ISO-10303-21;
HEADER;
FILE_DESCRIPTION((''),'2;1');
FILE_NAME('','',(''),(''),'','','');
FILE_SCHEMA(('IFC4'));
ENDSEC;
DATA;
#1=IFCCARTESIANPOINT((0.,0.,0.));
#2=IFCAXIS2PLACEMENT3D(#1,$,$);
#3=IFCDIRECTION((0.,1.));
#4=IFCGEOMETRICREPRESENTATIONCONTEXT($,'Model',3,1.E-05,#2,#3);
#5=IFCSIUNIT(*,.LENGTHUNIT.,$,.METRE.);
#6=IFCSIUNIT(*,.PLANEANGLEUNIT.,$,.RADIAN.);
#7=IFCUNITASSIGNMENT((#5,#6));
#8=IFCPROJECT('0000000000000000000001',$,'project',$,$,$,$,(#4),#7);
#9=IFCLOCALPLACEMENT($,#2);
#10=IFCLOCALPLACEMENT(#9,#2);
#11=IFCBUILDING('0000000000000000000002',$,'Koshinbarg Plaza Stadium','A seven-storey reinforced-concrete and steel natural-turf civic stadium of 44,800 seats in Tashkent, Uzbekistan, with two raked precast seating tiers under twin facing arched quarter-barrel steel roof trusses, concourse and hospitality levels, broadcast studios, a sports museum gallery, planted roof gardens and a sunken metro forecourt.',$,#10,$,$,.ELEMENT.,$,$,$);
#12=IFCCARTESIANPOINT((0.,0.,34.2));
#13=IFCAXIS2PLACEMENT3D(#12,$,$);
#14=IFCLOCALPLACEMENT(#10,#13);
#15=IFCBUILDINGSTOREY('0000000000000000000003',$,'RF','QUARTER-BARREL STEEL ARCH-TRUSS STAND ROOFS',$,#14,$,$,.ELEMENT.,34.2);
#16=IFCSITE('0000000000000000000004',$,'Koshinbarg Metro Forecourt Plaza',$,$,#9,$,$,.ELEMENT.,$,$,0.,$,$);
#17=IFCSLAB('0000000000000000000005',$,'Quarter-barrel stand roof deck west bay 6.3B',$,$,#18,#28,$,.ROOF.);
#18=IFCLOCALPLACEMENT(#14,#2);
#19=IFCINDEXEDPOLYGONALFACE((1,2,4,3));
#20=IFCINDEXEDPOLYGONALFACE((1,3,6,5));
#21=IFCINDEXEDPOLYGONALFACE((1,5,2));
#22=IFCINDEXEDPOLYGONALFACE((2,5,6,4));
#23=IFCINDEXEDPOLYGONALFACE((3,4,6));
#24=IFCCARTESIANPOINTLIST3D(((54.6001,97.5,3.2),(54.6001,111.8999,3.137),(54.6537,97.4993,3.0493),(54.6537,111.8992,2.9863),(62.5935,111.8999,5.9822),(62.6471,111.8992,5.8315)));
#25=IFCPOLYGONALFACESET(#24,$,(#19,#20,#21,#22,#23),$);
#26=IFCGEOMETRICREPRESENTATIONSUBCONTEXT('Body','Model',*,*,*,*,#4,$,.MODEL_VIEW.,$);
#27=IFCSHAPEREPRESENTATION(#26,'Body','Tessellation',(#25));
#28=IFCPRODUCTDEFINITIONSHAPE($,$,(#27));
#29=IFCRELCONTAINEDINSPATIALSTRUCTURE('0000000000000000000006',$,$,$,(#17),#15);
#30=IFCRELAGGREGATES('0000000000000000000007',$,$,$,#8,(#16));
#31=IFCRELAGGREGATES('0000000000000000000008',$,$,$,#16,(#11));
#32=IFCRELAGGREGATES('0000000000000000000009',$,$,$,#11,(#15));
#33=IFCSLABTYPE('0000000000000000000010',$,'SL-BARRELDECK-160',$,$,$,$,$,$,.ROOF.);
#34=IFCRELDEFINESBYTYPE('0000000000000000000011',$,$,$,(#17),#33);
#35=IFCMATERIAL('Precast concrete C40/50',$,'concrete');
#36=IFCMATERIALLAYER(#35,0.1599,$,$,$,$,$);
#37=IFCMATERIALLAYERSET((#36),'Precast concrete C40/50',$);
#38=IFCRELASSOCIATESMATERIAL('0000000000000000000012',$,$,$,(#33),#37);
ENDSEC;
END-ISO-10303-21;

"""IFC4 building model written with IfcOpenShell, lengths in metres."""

from ifc_helpers import new_model, si_unit, direction, frame, origin, place, context, subcontext, project, spatial, polyline, outline, extrude, material, layer, layer_set, type_object, element, save


model = new_model("IFC4")

# Units and contexts
model_context = context("Model", 3, precision=1e-05, world=origin(), true_north=direction((0.0, 1.0)))
body_context = subcontext(model_context, "Body", "Model", "MODEL_VIEW")
ifc_project = project(units=[si_unit("LENGTHUNIT", "METRE"), si_unit("PLANEANGLEUNIT", "RADIAN")], contexts=[model_context])

# Site, building, storey
site_placement = place(None, origin())
site = spatial("IfcSite", under=ifc_project, at=site_placement, Name="Koshinbarg Metro Forecourt Plaza", CompositionType="ELEMENT", RefElevation=0.0)
building_placement = place(site_placement, origin())
building = spatial("IfcBuilding", under=site, at=building_placement, Name="Koshinbarg Plaza Stadium", Description="A seven-storey reinforced-concrete and steel natural-turf civic stadium of 44,800 seats in Tashkent, Uzbekistan, with two raked precast seating tiers under twin facing arched quarter-barrel steel roof trusses, concourse and hospitality levels, broadcast studios, a sports museum gallery, planted roof gardens and a sunken metro forecourt.", CompositionType="ELEMENT")
storey_placement = place(building_placement, frame((0.0, 0.0, 34.2)))
storey = spatial("IfcBuildingStorey", under=building, at=storey_placement, Name="RF", Description="QUARTER-BARREL STEEL ARCH-TRUSS STAND ROOFS", CompositionType="ELEMENT", Elevation=34.2)

# Slab
ifc_material_1 = material(Name="Precast concrete C40/50", Category="concrete")
ifc_layer_1 = layer(ifc_material_1, 0.1599)
ifc_layer_set_1 = layer_set([ifc_layer_1], Name="Precast concrete C40/50")
slab_type = type_object("IfcSlabType", Name="SL-BARRELDECK-160", PredefinedType="ROOF", material=ifc_layer_set_1)
slab_1_placement = place(storey_placement, frame((54.6001, 97.5, 3.2), z_axis=(-0.335333, 0.004121, 0.942091), x_axis=(0.478559, 0.862111, 0.16657)))
element("IfcSlab", 1, at=slab_1_placement, inside=storey, type_object=slab_type, Name="Quarter-barrel stand roof deck west bay 6.3B", PredefinedType="ROOF", context=body_context, shape_type="SweptSolid", body=[
    extrude(outline(polyline([(0.0, 0.0), (16.7031, 0.0), (12.4038, 7.3148), (0.0, 0.0)])), origin(), (0.0, 0.0, -1.0), 0.1599),
])

save(model, "model.ifc")
